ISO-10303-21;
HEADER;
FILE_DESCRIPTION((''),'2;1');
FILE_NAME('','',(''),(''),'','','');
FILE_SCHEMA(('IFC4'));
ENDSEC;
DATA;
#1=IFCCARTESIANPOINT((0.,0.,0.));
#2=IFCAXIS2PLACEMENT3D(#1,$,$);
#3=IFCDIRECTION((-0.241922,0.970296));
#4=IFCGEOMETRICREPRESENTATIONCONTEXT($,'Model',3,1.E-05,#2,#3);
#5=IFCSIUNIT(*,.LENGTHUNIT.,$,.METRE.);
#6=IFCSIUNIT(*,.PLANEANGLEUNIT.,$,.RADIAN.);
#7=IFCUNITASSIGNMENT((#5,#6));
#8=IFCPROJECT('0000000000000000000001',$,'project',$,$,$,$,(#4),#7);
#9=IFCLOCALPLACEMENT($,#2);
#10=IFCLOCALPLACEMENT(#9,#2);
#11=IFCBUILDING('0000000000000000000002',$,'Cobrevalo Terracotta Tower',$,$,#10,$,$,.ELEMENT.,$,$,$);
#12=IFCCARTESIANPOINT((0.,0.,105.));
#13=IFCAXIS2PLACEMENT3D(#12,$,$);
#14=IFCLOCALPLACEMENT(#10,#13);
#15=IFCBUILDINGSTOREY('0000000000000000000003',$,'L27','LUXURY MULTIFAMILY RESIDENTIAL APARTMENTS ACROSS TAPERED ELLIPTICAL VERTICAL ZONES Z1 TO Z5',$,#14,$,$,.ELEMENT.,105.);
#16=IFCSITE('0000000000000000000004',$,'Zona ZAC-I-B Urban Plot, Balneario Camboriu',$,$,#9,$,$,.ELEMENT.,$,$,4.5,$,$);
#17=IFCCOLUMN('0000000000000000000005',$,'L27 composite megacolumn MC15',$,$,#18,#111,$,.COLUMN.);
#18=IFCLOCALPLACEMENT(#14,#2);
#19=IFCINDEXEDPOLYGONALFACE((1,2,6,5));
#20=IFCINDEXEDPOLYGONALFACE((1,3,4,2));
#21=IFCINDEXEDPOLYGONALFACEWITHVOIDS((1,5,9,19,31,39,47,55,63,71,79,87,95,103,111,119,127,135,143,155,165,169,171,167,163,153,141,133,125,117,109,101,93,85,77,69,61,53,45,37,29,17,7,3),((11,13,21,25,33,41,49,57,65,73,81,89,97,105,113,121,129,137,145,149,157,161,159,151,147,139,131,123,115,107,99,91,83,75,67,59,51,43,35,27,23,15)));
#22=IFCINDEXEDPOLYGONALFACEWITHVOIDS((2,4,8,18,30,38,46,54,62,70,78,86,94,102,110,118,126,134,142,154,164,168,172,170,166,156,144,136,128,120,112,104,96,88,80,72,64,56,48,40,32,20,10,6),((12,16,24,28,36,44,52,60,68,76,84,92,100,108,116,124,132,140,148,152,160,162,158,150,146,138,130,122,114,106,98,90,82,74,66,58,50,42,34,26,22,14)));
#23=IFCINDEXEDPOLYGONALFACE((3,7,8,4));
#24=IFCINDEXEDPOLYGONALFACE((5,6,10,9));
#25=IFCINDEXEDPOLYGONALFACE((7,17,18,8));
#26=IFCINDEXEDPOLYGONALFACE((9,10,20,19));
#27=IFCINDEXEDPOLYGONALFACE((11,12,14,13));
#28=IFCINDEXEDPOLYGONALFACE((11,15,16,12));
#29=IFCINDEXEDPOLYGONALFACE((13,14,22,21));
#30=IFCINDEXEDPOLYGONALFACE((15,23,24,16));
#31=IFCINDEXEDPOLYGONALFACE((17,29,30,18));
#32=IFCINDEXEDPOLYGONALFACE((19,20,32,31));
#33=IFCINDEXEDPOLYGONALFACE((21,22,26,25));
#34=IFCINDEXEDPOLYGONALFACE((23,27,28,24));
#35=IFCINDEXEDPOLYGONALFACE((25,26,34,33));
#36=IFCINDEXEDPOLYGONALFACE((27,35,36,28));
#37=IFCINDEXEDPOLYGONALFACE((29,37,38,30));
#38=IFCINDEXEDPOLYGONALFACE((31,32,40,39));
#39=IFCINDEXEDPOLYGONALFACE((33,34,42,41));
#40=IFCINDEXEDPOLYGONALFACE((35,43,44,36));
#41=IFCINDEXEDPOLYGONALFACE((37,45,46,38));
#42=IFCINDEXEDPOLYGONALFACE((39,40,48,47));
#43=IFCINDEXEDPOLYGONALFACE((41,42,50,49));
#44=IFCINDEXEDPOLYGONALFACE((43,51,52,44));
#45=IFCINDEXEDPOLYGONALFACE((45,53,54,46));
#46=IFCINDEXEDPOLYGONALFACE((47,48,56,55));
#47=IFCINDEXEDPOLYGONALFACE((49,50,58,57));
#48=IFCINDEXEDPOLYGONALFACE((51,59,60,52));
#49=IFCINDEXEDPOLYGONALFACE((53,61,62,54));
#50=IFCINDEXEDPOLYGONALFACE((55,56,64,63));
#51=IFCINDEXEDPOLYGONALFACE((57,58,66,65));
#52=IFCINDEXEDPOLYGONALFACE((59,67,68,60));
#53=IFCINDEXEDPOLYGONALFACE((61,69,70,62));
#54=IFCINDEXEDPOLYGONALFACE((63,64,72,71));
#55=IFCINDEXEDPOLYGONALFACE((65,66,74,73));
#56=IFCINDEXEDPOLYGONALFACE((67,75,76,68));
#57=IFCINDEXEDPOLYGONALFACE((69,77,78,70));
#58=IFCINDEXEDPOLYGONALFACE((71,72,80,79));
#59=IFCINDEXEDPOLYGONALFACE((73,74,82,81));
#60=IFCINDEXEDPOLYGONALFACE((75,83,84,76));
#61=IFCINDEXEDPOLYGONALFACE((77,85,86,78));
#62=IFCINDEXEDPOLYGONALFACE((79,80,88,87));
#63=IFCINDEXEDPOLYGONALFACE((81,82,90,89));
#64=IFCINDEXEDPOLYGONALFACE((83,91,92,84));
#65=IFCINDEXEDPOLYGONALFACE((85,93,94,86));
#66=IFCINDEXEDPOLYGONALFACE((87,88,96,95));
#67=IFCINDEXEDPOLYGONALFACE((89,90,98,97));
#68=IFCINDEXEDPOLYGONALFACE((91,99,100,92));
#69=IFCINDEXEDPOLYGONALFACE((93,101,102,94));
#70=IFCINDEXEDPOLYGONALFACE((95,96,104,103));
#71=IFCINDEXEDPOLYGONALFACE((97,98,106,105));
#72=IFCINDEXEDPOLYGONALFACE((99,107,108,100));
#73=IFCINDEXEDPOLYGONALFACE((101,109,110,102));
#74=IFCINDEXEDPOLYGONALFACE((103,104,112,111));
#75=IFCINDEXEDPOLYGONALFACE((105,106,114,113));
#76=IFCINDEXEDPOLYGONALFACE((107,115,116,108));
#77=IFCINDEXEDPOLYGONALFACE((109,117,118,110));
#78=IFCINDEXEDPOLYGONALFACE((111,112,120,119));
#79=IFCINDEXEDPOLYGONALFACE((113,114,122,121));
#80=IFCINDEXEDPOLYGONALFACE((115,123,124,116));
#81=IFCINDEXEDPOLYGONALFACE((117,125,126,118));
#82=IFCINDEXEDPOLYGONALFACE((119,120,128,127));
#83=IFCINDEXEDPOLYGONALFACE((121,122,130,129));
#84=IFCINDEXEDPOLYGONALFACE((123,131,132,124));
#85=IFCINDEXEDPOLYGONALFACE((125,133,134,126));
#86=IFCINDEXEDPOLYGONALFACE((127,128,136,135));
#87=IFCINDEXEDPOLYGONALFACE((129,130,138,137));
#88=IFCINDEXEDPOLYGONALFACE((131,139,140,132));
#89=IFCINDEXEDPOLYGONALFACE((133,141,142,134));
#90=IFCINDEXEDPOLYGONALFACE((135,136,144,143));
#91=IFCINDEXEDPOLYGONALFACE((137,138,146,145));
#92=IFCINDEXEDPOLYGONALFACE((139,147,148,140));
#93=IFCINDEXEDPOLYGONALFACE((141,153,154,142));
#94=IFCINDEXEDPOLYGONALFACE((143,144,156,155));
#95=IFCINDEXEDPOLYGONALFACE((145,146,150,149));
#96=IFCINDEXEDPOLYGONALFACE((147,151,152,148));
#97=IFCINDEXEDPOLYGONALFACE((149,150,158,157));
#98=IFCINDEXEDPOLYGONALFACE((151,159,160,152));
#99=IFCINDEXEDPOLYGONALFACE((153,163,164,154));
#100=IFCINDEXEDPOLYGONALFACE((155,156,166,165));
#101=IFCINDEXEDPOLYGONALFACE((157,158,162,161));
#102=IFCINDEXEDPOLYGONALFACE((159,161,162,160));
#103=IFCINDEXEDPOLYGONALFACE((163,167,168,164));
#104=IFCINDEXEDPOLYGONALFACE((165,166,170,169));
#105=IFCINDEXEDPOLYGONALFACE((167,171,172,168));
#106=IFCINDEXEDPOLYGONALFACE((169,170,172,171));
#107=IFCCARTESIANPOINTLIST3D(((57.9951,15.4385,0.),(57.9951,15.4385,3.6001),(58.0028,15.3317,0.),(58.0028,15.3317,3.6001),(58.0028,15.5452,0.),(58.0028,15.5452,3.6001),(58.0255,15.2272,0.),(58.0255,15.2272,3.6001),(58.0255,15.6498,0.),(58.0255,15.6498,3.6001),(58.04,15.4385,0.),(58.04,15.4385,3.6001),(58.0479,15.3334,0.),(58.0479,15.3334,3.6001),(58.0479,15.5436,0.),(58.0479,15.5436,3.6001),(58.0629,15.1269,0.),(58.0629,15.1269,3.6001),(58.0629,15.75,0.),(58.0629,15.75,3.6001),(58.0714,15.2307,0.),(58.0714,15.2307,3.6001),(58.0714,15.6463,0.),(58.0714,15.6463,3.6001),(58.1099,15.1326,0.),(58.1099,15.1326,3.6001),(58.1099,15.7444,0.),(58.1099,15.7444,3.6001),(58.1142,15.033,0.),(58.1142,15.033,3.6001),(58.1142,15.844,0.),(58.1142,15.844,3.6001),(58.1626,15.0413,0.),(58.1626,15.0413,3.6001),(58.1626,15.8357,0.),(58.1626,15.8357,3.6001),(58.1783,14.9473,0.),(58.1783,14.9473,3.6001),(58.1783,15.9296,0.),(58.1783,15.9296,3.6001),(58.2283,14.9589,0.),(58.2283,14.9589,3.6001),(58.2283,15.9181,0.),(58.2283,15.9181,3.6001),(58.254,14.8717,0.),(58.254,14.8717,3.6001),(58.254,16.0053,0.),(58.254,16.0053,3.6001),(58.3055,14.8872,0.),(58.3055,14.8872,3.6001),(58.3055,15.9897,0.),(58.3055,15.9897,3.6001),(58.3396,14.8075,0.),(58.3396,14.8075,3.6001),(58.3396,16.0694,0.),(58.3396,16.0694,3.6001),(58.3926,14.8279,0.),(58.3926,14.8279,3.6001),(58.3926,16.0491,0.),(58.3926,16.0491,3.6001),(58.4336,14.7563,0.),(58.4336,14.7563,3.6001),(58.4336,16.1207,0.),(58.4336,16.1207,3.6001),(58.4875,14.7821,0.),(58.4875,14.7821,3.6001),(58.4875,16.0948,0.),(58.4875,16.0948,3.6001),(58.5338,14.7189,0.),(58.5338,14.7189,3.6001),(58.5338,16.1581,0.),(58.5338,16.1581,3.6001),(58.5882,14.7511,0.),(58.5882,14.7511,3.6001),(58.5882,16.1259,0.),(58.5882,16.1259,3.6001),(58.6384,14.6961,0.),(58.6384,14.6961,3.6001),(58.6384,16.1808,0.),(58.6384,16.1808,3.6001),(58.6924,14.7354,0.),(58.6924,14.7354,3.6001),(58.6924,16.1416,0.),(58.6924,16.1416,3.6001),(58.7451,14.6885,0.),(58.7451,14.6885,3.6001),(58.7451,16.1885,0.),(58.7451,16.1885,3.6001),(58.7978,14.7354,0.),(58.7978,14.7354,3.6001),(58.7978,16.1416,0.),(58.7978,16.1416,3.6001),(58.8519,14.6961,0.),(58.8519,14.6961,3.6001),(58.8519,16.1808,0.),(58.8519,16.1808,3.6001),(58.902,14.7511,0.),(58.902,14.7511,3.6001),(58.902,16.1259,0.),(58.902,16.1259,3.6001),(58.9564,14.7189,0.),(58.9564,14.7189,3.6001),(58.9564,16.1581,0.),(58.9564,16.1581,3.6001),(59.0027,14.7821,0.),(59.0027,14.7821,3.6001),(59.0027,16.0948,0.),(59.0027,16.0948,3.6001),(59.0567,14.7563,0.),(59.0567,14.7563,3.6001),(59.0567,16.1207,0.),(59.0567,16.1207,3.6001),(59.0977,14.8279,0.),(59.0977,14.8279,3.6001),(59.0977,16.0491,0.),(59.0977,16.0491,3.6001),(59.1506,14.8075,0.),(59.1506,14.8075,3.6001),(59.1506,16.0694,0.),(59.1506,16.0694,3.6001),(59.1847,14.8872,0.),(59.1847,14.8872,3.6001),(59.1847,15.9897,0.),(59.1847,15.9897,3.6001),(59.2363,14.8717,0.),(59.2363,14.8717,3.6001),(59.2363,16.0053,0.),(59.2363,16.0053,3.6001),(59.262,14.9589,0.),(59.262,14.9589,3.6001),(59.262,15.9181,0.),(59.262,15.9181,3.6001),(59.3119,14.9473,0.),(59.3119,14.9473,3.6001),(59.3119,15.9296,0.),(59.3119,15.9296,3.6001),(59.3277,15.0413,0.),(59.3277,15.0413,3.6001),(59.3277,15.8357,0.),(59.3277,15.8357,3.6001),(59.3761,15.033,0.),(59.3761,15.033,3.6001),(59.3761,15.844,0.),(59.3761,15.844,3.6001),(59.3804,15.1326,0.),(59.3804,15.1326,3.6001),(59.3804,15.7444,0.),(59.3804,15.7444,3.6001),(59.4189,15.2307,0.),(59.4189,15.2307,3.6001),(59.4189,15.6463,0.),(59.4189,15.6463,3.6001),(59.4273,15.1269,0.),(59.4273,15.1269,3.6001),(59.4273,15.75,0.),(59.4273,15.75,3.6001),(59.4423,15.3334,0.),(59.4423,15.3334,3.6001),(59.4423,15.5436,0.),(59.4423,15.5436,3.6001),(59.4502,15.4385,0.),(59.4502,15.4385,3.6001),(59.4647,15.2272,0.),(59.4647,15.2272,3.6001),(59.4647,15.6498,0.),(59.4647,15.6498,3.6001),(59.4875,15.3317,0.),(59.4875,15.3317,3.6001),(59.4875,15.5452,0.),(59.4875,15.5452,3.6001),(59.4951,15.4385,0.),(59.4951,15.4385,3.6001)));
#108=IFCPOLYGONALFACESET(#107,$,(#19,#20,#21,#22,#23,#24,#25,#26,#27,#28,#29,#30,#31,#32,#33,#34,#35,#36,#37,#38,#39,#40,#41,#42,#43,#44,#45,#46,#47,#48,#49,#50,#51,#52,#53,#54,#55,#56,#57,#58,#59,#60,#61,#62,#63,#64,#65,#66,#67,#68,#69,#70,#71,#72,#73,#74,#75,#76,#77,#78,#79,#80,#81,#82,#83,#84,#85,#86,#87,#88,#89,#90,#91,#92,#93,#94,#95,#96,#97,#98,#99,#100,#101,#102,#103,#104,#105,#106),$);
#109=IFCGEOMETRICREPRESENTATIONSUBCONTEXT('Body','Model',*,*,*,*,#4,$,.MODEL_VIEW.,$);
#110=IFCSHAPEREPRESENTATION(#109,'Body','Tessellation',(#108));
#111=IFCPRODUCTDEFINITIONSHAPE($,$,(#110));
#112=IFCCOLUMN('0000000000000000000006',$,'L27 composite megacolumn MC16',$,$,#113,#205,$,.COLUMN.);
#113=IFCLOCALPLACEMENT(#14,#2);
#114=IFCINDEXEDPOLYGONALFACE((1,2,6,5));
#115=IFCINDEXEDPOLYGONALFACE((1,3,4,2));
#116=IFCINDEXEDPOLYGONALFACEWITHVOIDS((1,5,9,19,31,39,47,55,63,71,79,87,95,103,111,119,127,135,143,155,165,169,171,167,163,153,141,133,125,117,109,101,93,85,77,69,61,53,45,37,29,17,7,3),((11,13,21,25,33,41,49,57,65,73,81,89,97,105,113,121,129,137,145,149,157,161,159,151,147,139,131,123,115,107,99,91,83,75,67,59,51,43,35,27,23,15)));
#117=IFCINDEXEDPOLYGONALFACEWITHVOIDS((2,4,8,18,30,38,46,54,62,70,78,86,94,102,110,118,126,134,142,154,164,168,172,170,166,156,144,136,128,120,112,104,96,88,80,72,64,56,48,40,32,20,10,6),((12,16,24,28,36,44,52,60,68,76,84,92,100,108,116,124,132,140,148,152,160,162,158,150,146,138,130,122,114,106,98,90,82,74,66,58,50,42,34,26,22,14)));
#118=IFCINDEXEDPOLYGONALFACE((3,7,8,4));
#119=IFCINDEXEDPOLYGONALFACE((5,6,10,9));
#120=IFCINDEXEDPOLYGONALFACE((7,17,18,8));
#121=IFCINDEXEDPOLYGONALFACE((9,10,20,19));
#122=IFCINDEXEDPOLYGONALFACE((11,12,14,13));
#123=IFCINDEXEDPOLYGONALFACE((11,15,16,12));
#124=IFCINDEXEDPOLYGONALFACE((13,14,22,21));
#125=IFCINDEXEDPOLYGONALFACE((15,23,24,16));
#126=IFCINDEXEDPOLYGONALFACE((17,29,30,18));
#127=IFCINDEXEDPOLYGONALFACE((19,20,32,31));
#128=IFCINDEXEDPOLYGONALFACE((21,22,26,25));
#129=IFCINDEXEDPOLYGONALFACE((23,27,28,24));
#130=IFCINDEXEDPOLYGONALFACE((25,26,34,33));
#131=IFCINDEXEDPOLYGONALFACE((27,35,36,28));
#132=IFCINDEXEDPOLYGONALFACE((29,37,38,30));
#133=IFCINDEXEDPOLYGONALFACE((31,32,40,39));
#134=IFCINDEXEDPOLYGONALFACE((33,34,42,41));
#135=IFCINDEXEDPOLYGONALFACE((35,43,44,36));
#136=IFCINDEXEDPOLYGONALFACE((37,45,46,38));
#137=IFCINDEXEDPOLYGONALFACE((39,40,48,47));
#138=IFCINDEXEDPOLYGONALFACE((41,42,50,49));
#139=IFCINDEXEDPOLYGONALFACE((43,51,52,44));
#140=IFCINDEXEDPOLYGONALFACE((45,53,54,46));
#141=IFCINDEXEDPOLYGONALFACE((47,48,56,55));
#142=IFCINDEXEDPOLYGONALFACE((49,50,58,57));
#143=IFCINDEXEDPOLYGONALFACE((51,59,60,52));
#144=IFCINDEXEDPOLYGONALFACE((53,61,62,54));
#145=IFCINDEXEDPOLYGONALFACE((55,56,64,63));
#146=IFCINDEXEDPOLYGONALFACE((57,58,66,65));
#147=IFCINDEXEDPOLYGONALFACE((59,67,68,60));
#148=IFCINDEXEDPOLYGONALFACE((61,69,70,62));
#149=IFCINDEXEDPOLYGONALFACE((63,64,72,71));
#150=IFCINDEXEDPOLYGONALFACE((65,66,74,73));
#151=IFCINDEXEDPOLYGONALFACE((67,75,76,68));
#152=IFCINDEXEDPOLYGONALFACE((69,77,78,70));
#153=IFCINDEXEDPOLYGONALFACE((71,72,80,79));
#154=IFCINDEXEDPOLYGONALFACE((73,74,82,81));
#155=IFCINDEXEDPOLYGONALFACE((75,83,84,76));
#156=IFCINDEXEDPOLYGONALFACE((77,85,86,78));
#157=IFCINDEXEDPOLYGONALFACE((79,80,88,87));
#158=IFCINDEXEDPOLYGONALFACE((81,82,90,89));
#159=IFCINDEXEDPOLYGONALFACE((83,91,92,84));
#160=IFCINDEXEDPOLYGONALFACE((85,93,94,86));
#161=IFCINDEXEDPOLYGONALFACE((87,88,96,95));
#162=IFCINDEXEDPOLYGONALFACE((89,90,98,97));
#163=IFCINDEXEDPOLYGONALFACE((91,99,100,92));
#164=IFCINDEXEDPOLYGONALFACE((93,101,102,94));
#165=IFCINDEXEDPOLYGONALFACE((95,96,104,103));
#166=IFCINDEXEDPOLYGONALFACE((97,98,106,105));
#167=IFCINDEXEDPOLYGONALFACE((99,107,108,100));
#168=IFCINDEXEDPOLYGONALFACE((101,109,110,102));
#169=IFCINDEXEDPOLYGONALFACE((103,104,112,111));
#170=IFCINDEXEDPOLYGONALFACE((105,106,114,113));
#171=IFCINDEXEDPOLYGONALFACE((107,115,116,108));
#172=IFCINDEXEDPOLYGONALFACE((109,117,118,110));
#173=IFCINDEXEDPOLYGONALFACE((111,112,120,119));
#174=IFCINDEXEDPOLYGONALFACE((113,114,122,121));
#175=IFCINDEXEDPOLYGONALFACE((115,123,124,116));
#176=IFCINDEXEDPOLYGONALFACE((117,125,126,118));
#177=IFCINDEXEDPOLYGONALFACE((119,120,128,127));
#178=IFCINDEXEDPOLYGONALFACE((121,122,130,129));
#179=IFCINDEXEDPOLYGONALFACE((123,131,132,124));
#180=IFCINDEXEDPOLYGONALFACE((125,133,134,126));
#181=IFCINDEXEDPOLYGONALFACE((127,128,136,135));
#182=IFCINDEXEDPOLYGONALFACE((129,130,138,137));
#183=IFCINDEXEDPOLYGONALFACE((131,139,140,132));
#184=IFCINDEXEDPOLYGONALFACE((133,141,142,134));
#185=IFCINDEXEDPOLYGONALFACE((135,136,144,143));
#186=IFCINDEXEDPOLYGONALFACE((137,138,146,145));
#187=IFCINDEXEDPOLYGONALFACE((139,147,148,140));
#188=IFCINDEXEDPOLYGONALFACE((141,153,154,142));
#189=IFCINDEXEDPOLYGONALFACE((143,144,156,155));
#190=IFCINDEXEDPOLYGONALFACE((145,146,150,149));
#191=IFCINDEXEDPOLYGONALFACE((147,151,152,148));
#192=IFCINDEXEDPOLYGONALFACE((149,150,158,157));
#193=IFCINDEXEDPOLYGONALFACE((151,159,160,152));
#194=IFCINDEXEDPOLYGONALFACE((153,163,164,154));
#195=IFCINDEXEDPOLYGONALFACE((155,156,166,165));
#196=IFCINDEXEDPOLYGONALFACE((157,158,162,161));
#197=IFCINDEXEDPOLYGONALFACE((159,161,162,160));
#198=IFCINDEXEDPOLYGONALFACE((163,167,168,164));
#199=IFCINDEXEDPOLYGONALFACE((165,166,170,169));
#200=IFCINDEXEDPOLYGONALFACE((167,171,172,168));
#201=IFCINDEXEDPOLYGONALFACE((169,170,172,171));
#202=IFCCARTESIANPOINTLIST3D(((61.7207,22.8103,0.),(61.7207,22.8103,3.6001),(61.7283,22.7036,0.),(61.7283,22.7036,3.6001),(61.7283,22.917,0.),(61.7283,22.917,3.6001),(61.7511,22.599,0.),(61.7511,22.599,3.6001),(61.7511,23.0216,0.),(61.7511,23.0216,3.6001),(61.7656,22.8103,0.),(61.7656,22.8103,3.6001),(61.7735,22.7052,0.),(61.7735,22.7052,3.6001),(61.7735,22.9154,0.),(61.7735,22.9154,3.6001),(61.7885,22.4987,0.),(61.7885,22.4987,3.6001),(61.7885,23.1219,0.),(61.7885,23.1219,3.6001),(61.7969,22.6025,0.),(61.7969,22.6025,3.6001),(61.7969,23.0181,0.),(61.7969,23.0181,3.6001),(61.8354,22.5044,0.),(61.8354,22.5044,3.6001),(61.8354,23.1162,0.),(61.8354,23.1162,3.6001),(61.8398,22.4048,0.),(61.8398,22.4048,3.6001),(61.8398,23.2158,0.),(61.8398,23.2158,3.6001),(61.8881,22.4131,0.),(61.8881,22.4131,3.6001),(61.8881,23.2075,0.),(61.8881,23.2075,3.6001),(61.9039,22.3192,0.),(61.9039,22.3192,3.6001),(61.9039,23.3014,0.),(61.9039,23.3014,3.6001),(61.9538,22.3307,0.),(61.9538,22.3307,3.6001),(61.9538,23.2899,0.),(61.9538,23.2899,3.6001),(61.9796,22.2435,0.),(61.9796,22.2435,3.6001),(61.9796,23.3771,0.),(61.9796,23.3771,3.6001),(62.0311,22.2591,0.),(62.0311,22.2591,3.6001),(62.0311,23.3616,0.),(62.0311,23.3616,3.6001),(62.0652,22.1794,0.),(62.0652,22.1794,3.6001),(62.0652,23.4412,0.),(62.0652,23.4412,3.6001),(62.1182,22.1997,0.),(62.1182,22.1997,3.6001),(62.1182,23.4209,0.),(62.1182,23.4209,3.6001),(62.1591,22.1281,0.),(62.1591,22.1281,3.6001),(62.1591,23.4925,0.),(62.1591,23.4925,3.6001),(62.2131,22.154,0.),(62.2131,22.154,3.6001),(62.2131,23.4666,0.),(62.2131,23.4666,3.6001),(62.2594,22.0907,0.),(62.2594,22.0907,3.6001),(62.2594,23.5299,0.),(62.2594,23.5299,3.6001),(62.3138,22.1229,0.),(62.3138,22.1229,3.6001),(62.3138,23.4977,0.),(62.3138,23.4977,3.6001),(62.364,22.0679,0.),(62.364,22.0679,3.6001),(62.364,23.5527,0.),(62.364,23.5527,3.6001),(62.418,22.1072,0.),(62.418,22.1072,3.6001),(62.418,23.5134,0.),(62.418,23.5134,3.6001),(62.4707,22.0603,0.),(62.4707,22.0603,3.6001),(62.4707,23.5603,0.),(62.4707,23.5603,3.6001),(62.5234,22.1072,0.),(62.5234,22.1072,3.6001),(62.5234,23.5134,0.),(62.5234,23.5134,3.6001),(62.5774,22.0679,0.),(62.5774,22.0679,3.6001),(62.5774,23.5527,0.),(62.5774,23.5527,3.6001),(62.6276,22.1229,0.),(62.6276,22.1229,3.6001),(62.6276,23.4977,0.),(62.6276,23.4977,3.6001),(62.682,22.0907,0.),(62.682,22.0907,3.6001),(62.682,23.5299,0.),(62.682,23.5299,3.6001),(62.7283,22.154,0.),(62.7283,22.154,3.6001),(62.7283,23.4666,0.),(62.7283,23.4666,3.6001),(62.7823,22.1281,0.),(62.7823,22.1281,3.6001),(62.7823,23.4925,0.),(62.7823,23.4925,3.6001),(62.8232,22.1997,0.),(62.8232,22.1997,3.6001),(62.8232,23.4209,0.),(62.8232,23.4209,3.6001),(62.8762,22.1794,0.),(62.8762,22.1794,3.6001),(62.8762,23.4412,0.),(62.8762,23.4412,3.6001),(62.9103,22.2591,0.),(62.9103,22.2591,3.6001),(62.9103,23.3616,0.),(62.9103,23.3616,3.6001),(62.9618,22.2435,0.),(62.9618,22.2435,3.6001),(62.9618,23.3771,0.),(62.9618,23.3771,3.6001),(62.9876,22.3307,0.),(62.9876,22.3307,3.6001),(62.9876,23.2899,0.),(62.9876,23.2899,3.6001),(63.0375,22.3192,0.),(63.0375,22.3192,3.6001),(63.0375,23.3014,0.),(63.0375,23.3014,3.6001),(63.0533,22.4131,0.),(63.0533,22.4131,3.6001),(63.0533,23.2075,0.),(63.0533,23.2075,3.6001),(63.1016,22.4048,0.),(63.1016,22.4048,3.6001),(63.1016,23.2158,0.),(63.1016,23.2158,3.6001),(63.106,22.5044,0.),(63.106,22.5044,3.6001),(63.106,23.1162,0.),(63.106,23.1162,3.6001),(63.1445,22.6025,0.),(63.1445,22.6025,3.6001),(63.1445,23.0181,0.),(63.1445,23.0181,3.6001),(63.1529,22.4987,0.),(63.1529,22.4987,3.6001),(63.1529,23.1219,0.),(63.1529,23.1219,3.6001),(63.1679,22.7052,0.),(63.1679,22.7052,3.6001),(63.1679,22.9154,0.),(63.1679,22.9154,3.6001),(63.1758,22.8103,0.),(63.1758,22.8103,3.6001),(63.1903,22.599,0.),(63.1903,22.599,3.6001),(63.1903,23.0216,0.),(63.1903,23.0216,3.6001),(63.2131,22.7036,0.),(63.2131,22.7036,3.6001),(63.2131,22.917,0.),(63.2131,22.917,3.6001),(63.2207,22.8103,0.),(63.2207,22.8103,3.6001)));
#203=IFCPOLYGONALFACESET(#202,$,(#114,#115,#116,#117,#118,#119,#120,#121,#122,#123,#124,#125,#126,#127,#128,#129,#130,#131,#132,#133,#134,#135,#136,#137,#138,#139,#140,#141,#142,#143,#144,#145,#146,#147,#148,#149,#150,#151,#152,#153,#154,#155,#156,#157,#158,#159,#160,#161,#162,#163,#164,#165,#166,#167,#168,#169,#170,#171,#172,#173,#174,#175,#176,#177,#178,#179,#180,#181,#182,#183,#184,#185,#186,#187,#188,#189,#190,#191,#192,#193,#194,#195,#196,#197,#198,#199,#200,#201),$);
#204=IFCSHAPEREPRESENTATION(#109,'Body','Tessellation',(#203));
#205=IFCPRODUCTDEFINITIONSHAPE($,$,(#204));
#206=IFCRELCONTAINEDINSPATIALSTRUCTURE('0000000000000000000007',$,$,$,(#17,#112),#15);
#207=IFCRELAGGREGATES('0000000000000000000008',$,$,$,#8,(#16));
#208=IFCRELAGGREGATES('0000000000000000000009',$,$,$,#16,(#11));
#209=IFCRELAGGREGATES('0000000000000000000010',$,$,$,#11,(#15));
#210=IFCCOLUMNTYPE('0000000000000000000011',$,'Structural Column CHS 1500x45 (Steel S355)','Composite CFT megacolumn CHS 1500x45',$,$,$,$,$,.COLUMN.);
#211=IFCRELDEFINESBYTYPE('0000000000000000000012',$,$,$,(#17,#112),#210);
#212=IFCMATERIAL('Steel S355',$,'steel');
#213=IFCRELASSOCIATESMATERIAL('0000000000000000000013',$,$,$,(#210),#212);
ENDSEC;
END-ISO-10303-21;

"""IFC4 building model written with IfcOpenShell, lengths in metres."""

from ifc_helpers import new_model, si_unit, direction, frame, origin, origin_2d, place, context, subcontext, project, spatial, hollow_circle, extrude, material, material_profile, profile_set, type_object, element, save


model = new_model("IFC4")

# Units and contexts
model_context = context("Model", 3, precision=1e-05, world=origin(), true_north=direction((-0.241922, 0.970296)))
body_context = subcontext(model_context, "Body", "Model", "MODEL_VIEW")
ifc_project = project(units=[si_unit("LENGTHUNIT", "METRE"), si_unit("PLANEANGLEUNIT", "RADIAN")], contexts=[model_context])

# Site, building, storey
site_placement = place(None, origin())
site = spatial("IfcSite", under=ifc_project, at=site_placement, Name="Zona ZAC-I-B Urban Plot, Balneario Camboriu", CompositionType="ELEMENT", RefElevation=4.5)
building_placement = place(site_placement, origin())
building = spatial("IfcBuilding", under=site, at=building_placement, Name="Cobrevalo Terracotta Tower", CompositionType="ELEMENT")
storey_placement = place(building_placement, frame((0.0, 0.0, 105.0)))
storey = spatial("IfcBuildingStorey", under=building, at=storey_placement, Name="L27", Description="LUXURY MULTIFAMILY RESIDENTIAL APARTMENTS ACROSS TAPERED ELLIPTICAL VERTICAL ZONES Z1 TO Z5", CompositionType="ELEMENT", Elevation=105.0)

# Columns
ifc_material_1 = material(Name="Steel S355", Category="steel")
ifc_material_profile_1 = material_profile(ifc_material_1, hollow_circle(Radius=0.75, WallThickness=0.0449, at=origin_2d()), Name="CHS 1500x45")
ifc_profile_set_1 = profile_set([ifc_material_profile_1], Name="Steel S355")
column_type = type_object("IfcColumnType", Name="Structural Column CHS 1500x45 (Steel S355)", Description="Composite CFT megacolumn CHS 1500x45", PredefinedType="COLUMN", material=ifc_profile_set_1)
for number, where, z_axis, x_axis, name in (
    (1, (58.7451, 15.4385, 0.0), (0.0, 0.0, 1.0), (1.0, 0.0, 0.0), "L27 composite megacolumn MC15"),
    (2, (62.4707, 22.8103, 0.0), (0.0, 0.0, 1.0), (1.0, 0.0, 0.0), "L27 composite megacolumn MC16"),
):
    element("IfcColumn", number, at=place(storey_placement, frame(where, z_axis=z_axis, x_axis=x_axis)), inside=storey, type_object=column_type, Name=name, PredefinedType="COLUMN", context=body_context, shape_type="SweptSolid", body=[
        extrude(hollow_circle(Radius=0.75, WallThickness=0.0449, at=origin_2d()), origin(), (0.0, 0.0, 1.0), 3.6001),
    ])

save(model, "model.ifc")
